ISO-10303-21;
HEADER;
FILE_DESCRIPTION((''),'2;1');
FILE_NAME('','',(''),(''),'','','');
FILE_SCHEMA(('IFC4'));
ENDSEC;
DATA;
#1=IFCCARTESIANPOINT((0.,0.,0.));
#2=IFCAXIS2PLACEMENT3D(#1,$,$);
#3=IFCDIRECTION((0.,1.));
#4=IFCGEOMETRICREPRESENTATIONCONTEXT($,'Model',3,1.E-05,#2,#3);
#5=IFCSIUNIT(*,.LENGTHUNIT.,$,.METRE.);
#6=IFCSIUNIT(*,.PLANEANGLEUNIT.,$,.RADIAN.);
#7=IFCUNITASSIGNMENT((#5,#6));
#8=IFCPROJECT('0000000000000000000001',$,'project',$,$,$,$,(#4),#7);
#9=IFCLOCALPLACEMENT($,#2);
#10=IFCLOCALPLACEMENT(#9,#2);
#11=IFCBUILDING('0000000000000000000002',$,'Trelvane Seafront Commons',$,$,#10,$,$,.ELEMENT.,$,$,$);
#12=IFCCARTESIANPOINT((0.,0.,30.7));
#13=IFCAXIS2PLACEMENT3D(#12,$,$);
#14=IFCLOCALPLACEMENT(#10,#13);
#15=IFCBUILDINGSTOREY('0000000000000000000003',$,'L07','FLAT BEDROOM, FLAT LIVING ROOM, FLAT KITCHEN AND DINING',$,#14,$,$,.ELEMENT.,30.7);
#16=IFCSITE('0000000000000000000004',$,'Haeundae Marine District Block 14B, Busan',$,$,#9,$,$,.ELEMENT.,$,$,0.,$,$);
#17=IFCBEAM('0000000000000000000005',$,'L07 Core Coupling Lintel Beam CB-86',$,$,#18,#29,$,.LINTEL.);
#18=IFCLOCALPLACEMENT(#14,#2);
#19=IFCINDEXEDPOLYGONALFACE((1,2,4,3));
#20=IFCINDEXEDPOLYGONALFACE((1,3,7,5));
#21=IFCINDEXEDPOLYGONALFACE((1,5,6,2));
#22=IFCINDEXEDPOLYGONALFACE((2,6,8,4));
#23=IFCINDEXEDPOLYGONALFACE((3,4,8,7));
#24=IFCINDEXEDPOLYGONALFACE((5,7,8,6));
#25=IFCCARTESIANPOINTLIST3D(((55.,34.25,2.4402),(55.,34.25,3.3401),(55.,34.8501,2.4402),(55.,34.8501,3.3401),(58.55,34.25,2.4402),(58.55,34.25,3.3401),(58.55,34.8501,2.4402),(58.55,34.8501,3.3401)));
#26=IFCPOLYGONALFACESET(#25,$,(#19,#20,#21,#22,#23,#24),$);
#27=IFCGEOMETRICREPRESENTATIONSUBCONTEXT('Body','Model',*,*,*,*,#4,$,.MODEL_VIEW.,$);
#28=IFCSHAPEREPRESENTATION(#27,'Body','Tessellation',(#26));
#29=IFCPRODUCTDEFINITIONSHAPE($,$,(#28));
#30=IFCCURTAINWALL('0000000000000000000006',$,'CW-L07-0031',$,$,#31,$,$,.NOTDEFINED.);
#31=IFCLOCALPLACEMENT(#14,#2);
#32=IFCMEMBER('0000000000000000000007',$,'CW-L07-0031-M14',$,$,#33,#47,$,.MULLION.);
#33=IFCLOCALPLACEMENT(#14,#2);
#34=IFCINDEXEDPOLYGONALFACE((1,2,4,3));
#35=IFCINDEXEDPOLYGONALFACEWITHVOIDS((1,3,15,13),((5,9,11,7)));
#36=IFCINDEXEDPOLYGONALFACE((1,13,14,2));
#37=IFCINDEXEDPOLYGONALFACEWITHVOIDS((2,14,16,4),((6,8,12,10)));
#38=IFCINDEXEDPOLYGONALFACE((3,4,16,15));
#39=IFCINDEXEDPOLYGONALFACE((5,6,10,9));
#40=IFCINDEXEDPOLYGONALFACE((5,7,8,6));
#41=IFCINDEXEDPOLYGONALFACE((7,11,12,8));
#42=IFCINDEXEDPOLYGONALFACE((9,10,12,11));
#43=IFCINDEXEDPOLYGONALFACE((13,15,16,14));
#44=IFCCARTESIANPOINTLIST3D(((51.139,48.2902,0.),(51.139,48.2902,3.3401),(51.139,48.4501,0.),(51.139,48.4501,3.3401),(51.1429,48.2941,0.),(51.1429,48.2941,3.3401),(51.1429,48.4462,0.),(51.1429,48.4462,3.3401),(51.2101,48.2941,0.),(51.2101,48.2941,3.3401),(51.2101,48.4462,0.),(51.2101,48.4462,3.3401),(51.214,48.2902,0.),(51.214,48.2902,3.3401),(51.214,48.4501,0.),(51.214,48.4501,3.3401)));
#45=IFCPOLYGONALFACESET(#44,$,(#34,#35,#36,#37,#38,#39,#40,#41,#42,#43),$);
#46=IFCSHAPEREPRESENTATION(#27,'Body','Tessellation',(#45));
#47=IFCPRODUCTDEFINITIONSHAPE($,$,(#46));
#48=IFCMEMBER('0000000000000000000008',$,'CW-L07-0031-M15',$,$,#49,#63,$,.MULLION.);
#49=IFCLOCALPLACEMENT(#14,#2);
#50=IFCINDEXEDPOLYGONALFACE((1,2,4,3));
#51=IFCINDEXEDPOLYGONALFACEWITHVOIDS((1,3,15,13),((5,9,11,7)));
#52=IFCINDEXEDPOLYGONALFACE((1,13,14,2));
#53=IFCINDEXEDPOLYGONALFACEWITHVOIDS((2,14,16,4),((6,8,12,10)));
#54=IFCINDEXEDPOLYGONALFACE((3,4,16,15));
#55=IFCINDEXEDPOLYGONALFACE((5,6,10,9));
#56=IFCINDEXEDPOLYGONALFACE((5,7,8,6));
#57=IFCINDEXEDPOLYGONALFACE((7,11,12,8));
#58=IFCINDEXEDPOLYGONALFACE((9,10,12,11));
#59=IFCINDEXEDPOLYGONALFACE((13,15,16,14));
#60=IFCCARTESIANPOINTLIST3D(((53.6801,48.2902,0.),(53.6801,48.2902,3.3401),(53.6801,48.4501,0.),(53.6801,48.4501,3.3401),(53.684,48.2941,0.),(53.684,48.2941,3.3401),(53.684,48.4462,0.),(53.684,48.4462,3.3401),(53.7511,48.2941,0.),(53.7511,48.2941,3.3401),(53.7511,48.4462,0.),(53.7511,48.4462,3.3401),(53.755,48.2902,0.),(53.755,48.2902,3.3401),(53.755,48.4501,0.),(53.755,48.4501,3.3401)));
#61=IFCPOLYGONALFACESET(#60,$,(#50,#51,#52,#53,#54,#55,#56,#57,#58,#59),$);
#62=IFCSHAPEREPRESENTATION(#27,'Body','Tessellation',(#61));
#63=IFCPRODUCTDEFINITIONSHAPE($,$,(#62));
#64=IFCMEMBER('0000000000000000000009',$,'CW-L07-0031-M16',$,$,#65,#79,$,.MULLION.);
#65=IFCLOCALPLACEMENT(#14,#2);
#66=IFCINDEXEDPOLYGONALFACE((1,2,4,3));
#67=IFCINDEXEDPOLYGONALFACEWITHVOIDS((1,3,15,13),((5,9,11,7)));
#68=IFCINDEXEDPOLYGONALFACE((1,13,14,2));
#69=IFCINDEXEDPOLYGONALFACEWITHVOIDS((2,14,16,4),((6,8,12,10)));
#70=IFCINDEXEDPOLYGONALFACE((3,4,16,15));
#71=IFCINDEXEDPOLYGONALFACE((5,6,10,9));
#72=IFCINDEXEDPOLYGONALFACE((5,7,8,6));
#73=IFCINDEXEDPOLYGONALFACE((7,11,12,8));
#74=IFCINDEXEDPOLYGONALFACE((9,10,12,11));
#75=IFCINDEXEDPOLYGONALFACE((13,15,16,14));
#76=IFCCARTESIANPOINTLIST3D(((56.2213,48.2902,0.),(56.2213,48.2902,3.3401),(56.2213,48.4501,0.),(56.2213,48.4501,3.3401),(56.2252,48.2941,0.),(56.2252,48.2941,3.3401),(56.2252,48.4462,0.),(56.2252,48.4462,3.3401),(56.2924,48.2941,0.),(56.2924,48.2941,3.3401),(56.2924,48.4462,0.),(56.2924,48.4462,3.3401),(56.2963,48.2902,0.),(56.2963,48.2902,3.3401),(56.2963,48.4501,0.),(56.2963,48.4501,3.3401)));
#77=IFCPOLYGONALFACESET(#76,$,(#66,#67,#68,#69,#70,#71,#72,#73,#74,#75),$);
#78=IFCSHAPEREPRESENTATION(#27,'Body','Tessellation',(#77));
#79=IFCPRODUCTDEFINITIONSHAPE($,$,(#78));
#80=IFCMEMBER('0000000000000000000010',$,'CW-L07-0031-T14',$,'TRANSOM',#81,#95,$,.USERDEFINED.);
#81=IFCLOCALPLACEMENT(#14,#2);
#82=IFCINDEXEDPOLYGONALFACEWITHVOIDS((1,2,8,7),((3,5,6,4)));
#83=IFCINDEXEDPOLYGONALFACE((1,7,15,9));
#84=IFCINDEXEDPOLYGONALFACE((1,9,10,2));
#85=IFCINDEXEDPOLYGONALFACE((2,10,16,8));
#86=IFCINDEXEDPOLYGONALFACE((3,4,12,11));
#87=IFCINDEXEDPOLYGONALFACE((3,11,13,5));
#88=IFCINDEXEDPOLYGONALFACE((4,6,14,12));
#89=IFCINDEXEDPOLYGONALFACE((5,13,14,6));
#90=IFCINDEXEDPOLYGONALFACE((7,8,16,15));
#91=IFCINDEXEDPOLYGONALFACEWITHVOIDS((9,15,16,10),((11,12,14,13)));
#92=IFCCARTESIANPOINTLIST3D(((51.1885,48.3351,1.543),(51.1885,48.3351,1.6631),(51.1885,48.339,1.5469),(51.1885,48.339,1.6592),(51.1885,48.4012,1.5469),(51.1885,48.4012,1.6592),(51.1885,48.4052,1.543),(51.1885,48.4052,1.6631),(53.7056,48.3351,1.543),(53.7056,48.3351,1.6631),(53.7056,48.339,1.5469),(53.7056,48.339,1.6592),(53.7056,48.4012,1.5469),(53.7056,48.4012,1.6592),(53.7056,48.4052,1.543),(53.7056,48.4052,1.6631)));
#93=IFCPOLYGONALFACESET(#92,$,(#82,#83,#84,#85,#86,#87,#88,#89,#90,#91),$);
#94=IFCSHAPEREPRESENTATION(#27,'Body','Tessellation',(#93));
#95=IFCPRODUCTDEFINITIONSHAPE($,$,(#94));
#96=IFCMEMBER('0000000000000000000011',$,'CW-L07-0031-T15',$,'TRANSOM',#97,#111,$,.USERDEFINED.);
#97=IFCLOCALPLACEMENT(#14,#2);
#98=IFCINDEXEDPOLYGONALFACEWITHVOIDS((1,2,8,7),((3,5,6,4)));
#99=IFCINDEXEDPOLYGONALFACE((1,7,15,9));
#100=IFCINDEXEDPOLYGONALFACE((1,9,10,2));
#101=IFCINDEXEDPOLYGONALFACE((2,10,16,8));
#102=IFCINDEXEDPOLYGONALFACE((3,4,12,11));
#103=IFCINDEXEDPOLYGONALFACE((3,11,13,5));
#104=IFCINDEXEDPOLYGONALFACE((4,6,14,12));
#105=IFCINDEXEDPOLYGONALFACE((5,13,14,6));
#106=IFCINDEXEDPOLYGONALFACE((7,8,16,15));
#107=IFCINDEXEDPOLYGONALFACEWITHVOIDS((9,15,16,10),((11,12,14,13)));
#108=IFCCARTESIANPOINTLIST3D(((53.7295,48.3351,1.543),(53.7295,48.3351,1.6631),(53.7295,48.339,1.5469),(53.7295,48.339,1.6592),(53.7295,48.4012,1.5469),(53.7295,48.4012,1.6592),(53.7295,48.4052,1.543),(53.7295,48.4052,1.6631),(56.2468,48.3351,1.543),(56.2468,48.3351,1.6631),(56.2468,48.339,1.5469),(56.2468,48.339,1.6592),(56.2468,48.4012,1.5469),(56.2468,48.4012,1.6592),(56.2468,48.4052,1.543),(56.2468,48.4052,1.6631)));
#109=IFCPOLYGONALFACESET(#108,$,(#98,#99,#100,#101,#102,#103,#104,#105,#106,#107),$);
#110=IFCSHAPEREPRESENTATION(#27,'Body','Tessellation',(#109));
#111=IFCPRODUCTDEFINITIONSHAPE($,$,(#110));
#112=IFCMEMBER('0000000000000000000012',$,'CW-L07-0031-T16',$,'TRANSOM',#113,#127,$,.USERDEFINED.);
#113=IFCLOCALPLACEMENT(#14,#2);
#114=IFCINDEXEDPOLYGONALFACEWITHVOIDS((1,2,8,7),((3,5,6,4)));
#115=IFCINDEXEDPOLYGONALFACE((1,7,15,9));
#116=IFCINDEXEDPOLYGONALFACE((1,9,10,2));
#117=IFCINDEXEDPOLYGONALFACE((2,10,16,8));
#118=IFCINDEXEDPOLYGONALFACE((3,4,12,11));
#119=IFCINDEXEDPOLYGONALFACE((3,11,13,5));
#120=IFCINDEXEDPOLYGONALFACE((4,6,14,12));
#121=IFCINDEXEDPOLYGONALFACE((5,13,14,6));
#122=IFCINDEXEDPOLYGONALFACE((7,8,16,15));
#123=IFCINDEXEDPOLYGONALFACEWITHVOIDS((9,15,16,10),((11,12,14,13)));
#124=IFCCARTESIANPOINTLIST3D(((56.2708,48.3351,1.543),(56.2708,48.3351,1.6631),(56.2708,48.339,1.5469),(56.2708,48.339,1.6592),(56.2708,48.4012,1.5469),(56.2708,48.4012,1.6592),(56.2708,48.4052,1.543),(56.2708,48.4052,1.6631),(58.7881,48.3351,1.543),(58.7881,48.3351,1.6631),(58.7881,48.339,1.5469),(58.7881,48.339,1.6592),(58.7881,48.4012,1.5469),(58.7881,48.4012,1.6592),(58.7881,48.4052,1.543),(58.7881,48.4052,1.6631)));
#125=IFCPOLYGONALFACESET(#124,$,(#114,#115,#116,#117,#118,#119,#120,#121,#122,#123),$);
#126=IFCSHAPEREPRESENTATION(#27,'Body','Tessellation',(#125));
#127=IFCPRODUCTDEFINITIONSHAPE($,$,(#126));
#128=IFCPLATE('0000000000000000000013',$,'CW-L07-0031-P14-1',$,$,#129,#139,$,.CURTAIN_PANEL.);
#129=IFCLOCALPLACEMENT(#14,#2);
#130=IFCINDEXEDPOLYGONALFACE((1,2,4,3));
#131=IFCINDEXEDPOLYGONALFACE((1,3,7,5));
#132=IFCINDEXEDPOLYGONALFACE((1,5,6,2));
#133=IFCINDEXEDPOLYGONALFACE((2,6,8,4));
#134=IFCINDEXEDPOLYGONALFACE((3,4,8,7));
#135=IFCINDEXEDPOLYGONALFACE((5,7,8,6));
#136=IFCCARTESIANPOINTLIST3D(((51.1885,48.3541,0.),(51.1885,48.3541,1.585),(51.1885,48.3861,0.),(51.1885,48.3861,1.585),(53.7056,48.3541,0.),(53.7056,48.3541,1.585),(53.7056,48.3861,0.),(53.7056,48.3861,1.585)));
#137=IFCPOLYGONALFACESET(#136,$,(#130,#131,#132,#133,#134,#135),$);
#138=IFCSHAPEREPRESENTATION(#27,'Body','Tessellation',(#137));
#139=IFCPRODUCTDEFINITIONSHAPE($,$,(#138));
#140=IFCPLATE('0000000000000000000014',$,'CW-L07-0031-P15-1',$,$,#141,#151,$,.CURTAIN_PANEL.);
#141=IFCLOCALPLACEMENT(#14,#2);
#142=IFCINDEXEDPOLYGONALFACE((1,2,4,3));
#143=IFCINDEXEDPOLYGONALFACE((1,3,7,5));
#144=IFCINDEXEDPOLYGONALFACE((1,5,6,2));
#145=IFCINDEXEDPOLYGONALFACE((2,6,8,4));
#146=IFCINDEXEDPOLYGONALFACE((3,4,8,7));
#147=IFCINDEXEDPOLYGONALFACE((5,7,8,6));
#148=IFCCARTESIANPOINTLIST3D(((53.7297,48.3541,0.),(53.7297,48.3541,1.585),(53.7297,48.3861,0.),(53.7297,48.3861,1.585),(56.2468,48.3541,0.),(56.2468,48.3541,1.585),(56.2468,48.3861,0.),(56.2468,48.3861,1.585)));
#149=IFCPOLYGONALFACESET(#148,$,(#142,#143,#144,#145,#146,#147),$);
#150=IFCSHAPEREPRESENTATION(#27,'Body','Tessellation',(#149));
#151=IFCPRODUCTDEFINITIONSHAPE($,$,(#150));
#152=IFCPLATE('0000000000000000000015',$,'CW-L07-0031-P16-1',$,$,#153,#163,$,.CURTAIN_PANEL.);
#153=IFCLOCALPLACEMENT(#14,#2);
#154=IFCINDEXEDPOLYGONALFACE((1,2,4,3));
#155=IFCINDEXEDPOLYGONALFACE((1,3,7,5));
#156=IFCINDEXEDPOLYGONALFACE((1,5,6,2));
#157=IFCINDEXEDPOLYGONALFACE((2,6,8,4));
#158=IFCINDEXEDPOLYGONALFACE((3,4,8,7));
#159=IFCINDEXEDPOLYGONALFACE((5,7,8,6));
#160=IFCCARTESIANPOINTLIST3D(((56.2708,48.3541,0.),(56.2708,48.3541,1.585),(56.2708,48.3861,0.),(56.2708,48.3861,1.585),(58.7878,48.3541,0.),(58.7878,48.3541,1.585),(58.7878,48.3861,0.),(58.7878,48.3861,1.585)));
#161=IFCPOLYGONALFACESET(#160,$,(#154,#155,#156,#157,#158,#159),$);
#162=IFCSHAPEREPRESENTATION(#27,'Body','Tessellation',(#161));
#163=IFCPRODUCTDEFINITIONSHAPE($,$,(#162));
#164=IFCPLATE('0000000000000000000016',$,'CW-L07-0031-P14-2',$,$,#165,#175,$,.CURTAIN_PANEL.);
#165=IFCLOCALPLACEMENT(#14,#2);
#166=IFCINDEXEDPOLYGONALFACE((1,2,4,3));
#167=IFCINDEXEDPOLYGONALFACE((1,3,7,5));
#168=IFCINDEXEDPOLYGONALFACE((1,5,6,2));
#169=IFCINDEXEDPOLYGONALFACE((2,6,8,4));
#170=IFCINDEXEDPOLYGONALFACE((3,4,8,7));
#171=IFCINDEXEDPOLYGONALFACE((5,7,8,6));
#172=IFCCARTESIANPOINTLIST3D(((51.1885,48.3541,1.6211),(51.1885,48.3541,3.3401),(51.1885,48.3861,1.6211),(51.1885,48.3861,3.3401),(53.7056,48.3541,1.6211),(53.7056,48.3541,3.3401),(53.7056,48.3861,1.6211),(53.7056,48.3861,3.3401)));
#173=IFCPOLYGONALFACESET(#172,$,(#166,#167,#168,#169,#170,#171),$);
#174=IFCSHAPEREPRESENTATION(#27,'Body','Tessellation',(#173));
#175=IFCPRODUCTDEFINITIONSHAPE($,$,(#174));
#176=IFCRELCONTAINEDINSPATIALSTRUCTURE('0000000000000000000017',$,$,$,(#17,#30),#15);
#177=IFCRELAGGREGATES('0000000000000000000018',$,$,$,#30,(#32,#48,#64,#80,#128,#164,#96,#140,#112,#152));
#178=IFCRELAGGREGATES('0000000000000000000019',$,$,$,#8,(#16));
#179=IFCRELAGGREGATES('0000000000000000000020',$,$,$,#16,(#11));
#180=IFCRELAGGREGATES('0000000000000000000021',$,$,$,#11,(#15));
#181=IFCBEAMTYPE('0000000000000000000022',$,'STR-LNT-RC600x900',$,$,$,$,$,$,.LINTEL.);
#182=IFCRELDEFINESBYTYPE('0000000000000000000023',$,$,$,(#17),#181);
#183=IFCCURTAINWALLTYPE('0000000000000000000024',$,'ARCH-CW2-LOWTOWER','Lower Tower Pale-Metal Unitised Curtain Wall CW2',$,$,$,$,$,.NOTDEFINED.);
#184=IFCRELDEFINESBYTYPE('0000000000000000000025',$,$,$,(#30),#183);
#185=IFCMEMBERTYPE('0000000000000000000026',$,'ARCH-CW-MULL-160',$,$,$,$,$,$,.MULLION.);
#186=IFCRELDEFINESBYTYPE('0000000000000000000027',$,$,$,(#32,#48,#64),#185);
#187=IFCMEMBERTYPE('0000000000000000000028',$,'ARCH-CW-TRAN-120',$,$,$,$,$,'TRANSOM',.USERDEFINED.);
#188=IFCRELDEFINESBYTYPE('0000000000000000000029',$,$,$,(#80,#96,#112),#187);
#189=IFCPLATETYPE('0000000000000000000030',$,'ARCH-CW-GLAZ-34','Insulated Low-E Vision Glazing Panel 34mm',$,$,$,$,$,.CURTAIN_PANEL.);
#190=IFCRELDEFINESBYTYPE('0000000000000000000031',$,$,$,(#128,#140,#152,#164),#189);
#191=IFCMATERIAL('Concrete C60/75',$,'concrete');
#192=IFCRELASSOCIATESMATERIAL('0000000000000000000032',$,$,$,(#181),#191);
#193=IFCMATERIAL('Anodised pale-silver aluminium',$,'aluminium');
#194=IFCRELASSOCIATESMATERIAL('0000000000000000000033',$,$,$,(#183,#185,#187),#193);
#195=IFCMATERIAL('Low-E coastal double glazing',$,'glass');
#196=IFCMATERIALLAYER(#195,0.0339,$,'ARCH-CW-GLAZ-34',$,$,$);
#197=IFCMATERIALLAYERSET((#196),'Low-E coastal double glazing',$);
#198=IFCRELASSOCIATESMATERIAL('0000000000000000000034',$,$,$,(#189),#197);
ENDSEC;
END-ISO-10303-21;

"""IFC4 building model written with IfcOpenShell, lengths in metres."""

from ifc_helpers import new_model, si_unit, direction, frame, origin, origin_2d, place, context, subcontext, project, spatial, rectangle, hollow_rectangle, extrude, source, transform, mapped, material, layer, layer_set, material_profile, profile_set, type_object, element, aggregate, save


model = new_model("IFC4")

# Units and contexts
model_context = context("Model", 3, precision=1e-05, world=origin(), true_north=direction((0.0, 1.0)))
body_context = subcontext(model_context, "Body", "Model", "MODEL_VIEW")
ifc_project = project(units=[si_unit("LENGTHUNIT", "METRE"), si_unit("PLANEANGLEUNIT", "RADIAN")], contexts=[model_context])

# Site, building, storey
site_placement = place(None, origin())
site = spatial("IfcSite", under=ifc_project, at=site_placement, Name="Haeundae Marine District Block 14B, Busan", CompositionType="ELEMENT", RefElevation=0.0)
building_placement = place(site_placement, origin())
building = spatial("IfcBuilding", under=site, at=building_placement, Name="Trelvane Seafront Commons", CompositionType="ELEMENT")
storey_placement = place(building_placement, frame((0.0, 0.0, 30.7)))
storey = spatial("IfcBuildingStorey", under=building, at=storey_placement, Name="L07", Description="FLAT BEDROOM, FLAT LIVING ROOM, FLAT KITCHEN AND DINING", CompositionType="ELEMENT", Elevation=30.7)

# Beam
ifc_material_1 = material(Name="Concrete C60/75", Category="concrete")
ifc_material_profile_1 = material_profile(ifc_material_1, rectangle(XDim=0.6001, YDim=0.8999, at=origin_2d()), Name="RC-600x900")
ifc_profile_set_1 = profile_set([ifc_material_profile_1], Name="Concrete C60/75")
beam_type = type_object("IfcBeamType", Name="STR-LNT-RC600x900", PredefinedType="LINTEL", material=ifc_profile_set_1)
shared_shape_1 = source(origin(), body_context, "Body", "SweptSolid", [
    extrude(rectangle(XDim=0.6001, YDim=0.8999, at=origin_2d()), origin(), (0.0, 0.0, 1.0), 3.55),
])
beam_placement = place(storey_placement, frame((55.0, 34.55, 2.8901), z_axis=(1.0, 0.0, 0.0), x_axis=(0.0, 1.0, 0.0)))
element("IfcBeam", 1, at=beam_placement, inside=storey, type_object=beam_type, Name="L07 Core Coupling Lintel Beam CB-86", PredefinedType="LINTEL", context=body_context, shape_type="MappedRepresentation", body=[
    mapped(shared_shape_1, transform((0.0, 0.0, 0.0), x_axis=(1.0, 0.0, 0.0), y_axis=(0.0, 1.0, 0.0), z_axis=(0.0, 0.0, 1.0), scale=1.0)),
])

# Curtain wall, members, plates
ifc_material_2 = material(Name="Anodised pale-silver aluminium", Category="aluminium")
curtain_wall_type = type_object("IfcCurtainWallType", Name="ARCH-CW2-LOWTOWER", Description="Lower Tower Pale-Metal Unitised Curtain Wall CW2", PredefinedType="NOTDEFINED", material=ifc_material_2)
curtain_wall_placement = place(storey_placement, origin())
curtain_wall = element("IfcCurtainWall", 2, at=curtain_wall_placement, inside=storey, type_object=curtain_wall_type, Name="CW-L07-0031", PredefinedType="NOTDEFINED")
ifc_material_profile_2 = material_profile(ifc_material_2, hollow_rectangle(XDim=0.075, YDim=0.1599, WallThickness=0.0039, at=origin_2d()), Name="MULL-75x160x4")
ifc_profile_set_2 = profile_set([ifc_material_profile_2], Name="Anodised pale-silver aluminium")
member_type_1 = type_object("IfcMemberType", Name="ARCH-CW-MULL-160", PredefinedType="MULLION", material=ifc_profile_set_2)
shared_shape_2 = source(origin(), body_context, "Body", "SweptSolid", [
    extrude(hollow_rectangle(XDim=0.075, YDim=0.1599, WallThickness=0.0039, at=origin_2d()), origin(), (0.0, 0.0, 1.0), 3.3401),
])
member_1_placement = place(storey_placement, frame((51.1765, 48.3701, 0.0), z_axis=(0.0, 0.0, 1.0), x_axis=(1.0, 0.0, 0.0)))
member_1 = element("IfcMember", 3, at=member_1_placement, type_object=member_type_1, Name="CW-L07-0031-M14", PredefinedType="MULLION", context=body_context, shape_type="MappedRepresentation", body=[
    mapped(shared_shape_2, transform((0.0, 0.0, 0.0), x_axis=(1.0, 0.0, 0.0), y_axis=(0.0, 1.0, 0.0), z_axis=(0.0, 0.0, 1.0), scale=1.0)),
])
member_2_placement = place(storey_placement, frame((53.7175, 48.3701, 0.0), z_axis=(0.0, 0.0, 1.0), x_axis=(1.0, 0.0, 0.0)))
member_2 = element("IfcMember", 4, at=member_2_placement, type_object=member_type_1, Name="CW-L07-0031-M15", PredefinedType="MULLION", context=body_context, shape_type="MappedRepresentation", body=[
    mapped(shared_shape_2, transform((0.0, 0.0, 0.0), x_axis=(1.0, 0.0, 0.0), y_axis=(0.0, 1.0, 0.0), z_axis=(0.0, 0.0, 1.0), scale=1.0)),
])
member_3_placement = place(storey_placement, frame((56.2588, 48.3701, 0.0), z_axis=(0.0, 0.0, 1.0), x_axis=(1.0, 0.0, 0.0)))
member_3 = element("IfcMember", 5, at=member_3_placement, type_object=member_type_1, Name="CW-L07-0031-M16", PredefinedType="MULLION", context=body_context, shape_type="MappedRepresentation", body=[
    mapped(shared_shape_2, transform((0.0, 0.0, 0.0), x_axis=(1.0, 0.0, 0.0), y_axis=(0.0, 1.0, 0.0), z_axis=(0.0, 0.0, 1.0), scale=1.0)),
])
ifc_material_profile_3 = material_profile(ifc_material_2, hollow_rectangle(XDim=0.0701, YDim=0.1201, WallThickness=0.0039, at=origin_2d()), Name="TRAN-70x120x4")
ifc_profile_set_3 = profile_set([ifc_material_profile_3], Name="Anodised pale-silver aluminium")
member_type_2 = type_object("IfcMemberType", Name="ARCH-CW-TRAN-120", ElementType="TRANSOM", PredefinedType="USERDEFINED", material=ifc_profile_set_3)
shared_shape_3 = source(origin(), body_context, "Body", "SweptSolid", [
    extrude(hollow_rectangle(XDim=0.0701, YDim=0.1201, WallThickness=0.0039, at=origin_2d()), origin(), (0.0, 0.0, 1.0), 2.5171),
])
member_4_placement = place(storey_placement, frame((51.1885, 48.3701, 1.603), z_axis=(1.0, 0.0, 0.0), x_axis=(0.0, 1.0, 0.0)))
member_4 = element("IfcMember", 6, at=member_4_placement, type_object=member_type_2, Name="CW-L07-0031-T14", ObjectType="TRANSOM", PredefinedType="USERDEFINED", context=body_context, shape_type="MappedRepresentation", body=[
    mapped(shared_shape_3, transform((0.0, 0.0, 0.0), x_axis=(1.0, 0.0, 0.0), y_axis=(0.0, 1.0, 0.0), z_axis=(0.0, 0.0, 1.0), scale=1.0)),
])
shared_shape_4 = source(origin(), body_context, "Body", "SweptSolid", [
    extrude(hollow_rectangle(XDim=0.0701, YDim=0.1201, WallThickness=0.0039, at=origin_2d()), origin(), (0.0, 0.0, 1.0), 2.5173),
])
member_5_placement = place(storey_placement, frame((53.7295, 48.3701, 1.603), z_axis=(1.0, 0.0, 0.0), x_axis=(0.0, 1.0, 0.0)))
member_5 = element("IfcMember", 7, at=member_5_placement, type_object=member_type_2, Name="CW-L07-0031-T15", ObjectType="TRANSOM", PredefinedType="USERDEFINED", context=body_context, shape_type="MappedRepresentation", body=[
    mapped(shared_shape_4, transform((0.0, 0.0, 0.0), x_axis=(1.0, 0.0, 0.0), y_axis=(0.0, 1.0, 0.0), z_axis=(0.0, 0.0, 1.0), scale=1.0)),
])
member_6_placement = place(storey_placement, frame((56.2708, 48.3701, 1.603), z_axis=(1.0, 0.0, 0.0), x_axis=(0.0, 1.0, 0.0)))
member_6 = element("IfcMember", 8, at=member_6_placement, type_object=member_type_2, Name="CW-L07-0031-T16", ObjectType="TRANSOM", PredefinedType="USERDEFINED", context=body_context, shape_type="MappedRepresentation", body=[
    mapped(shared_shape_4, transform((0.0, 0.0, 0.0), x_axis=(1.0, 0.0, 0.0), y_axis=(0.0, 1.0, 0.0), z_axis=(0.0, 0.0, 1.0), scale=1.0)),
])
ifc_material_3 = material(Name="Low-E coastal double glazing", Category="glass")
ifc_layer_1 = layer(ifc_material_3, 0.0339, Name="ARCH-CW-GLAZ-34")
ifc_layer_set_1 = layer_set([ifc_layer_1], Name="Low-E coastal double glazing")
plate_type_1 = type_object("IfcPlateType", Name="ARCH-CW-GLAZ-34", Description="Insulated Low-E Vision Glazing Panel 34mm", PredefinedType="CURTAIN_PANEL", material=ifc_layer_set_1)
shared_shape_5 = source(origin(), body_context, "Body", "SweptSolid", [
    extrude(rectangle(XDim=2.5171, YDim=0.032, at=origin_2d()), origin(), (0.0, 0.0, 1.0), 1.585),
])
plate_1_placement = place(storey_placement, frame((52.447, 48.3701, 0.0), z_axis=(0.0, 0.0, 1.0), x_axis=(1.0, 0.0, 0.0)))
plate_1 = element("IfcPlate", 9, at=plate_1_placement, type_object=plate_type_1, Name="CW-L07-0031-P14-1", PredefinedType="CURTAIN_PANEL", context=body_context, shape_type="MappedRepresentation", body=[
    mapped(shared_shape_5, transform((0.0, 0.0, 0.0), x_axis=(1.0, 0.0, 0.0), y_axis=(0.0, 1.0, 0.0), z_axis=(0.0, 0.0, 1.0), scale=1.0)),
])
plate_2_placement = place(storey_placement, frame((54.9883, 48.3701, 0.0), z_axis=(0.0, 0.0, 1.0), x_axis=(1.0, 0.0, 0.0)))
plate_2 = element("IfcPlate", 10, at=plate_2_placement, type_object=plate_type_1, Name="CW-L07-0031-P15-1", PredefinedType="CURTAIN_PANEL", context=body_context, shape_type="MappedRepresentation", body=[
    mapped(shared_shape_5, transform((0.0, 0.0, 0.0), x_axis=(1.0, 0.0, 0.0), y_axis=(0.0, 1.0, 0.0), z_axis=(0.0, 0.0, 1.0), scale=1.0)),
])
plate_3_placement = place(storey_placement, frame((57.5293, 48.3701, 0.0), z_axis=(0.0, 0.0, 1.0), x_axis=(1.0, 0.0, 0.0)))
plate_3 = element("IfcPlate", 11, at=plate_3_placement, type_object=plate_type_1, Name="CW-L07-0031-P16-1", PredefinedType="CURTAIN_PANEL", context=body_context, shape_type="MappedRepresentation", body=[
    mapped(shared_shape_5, transform((0.0, 0.0, 0.0), x_axis=(1.0, 0.0, 0.0), y_axis=(0.0, 1.0, 0.0), z_axis=(0.0, 0.0, 1.0), scale=1.0)),
])
shared_shape_6 = source(origin(), body_context, "Body", "SweptSolid", [
    extrude(rectangle(XDim=2.5171, YDim=0.032, at=origin_2d()), origin(), (0.0, 0.0, 1.0), 1.719),
])
plate_4_placement = place(storey_placement, frame((52.447, 48.3701, 1.6211), z_axis=(0.0, 0.0, 1.0), x_axis=(1.0, 0.0, 0.0)))
plate_4 = element("IfcPlate", 12, at=plate_4_placement, type_object=plate_type_1, Name="CW-L07-0031-P14-2", PredefinedType="CURTAIN_PANEL", context=body_context, shape_type="MappedRepresentation", body=[
    mapped(shared_shape_6, transform((0.0, 0.0, 0.0), x_axis=(1.0, 0.0, 0.0), y_axis=(0.0, 1.0, 0.0), z_axis=(0.0, 0.0, 1.0), scale=1.0)),
])
aggregate(curtain_wall, [member_1, member_2, member_3, member_4, plate_1, plate_4, member_5, plate_2, member_6, plate_3])

save(model, "model.ifc")
